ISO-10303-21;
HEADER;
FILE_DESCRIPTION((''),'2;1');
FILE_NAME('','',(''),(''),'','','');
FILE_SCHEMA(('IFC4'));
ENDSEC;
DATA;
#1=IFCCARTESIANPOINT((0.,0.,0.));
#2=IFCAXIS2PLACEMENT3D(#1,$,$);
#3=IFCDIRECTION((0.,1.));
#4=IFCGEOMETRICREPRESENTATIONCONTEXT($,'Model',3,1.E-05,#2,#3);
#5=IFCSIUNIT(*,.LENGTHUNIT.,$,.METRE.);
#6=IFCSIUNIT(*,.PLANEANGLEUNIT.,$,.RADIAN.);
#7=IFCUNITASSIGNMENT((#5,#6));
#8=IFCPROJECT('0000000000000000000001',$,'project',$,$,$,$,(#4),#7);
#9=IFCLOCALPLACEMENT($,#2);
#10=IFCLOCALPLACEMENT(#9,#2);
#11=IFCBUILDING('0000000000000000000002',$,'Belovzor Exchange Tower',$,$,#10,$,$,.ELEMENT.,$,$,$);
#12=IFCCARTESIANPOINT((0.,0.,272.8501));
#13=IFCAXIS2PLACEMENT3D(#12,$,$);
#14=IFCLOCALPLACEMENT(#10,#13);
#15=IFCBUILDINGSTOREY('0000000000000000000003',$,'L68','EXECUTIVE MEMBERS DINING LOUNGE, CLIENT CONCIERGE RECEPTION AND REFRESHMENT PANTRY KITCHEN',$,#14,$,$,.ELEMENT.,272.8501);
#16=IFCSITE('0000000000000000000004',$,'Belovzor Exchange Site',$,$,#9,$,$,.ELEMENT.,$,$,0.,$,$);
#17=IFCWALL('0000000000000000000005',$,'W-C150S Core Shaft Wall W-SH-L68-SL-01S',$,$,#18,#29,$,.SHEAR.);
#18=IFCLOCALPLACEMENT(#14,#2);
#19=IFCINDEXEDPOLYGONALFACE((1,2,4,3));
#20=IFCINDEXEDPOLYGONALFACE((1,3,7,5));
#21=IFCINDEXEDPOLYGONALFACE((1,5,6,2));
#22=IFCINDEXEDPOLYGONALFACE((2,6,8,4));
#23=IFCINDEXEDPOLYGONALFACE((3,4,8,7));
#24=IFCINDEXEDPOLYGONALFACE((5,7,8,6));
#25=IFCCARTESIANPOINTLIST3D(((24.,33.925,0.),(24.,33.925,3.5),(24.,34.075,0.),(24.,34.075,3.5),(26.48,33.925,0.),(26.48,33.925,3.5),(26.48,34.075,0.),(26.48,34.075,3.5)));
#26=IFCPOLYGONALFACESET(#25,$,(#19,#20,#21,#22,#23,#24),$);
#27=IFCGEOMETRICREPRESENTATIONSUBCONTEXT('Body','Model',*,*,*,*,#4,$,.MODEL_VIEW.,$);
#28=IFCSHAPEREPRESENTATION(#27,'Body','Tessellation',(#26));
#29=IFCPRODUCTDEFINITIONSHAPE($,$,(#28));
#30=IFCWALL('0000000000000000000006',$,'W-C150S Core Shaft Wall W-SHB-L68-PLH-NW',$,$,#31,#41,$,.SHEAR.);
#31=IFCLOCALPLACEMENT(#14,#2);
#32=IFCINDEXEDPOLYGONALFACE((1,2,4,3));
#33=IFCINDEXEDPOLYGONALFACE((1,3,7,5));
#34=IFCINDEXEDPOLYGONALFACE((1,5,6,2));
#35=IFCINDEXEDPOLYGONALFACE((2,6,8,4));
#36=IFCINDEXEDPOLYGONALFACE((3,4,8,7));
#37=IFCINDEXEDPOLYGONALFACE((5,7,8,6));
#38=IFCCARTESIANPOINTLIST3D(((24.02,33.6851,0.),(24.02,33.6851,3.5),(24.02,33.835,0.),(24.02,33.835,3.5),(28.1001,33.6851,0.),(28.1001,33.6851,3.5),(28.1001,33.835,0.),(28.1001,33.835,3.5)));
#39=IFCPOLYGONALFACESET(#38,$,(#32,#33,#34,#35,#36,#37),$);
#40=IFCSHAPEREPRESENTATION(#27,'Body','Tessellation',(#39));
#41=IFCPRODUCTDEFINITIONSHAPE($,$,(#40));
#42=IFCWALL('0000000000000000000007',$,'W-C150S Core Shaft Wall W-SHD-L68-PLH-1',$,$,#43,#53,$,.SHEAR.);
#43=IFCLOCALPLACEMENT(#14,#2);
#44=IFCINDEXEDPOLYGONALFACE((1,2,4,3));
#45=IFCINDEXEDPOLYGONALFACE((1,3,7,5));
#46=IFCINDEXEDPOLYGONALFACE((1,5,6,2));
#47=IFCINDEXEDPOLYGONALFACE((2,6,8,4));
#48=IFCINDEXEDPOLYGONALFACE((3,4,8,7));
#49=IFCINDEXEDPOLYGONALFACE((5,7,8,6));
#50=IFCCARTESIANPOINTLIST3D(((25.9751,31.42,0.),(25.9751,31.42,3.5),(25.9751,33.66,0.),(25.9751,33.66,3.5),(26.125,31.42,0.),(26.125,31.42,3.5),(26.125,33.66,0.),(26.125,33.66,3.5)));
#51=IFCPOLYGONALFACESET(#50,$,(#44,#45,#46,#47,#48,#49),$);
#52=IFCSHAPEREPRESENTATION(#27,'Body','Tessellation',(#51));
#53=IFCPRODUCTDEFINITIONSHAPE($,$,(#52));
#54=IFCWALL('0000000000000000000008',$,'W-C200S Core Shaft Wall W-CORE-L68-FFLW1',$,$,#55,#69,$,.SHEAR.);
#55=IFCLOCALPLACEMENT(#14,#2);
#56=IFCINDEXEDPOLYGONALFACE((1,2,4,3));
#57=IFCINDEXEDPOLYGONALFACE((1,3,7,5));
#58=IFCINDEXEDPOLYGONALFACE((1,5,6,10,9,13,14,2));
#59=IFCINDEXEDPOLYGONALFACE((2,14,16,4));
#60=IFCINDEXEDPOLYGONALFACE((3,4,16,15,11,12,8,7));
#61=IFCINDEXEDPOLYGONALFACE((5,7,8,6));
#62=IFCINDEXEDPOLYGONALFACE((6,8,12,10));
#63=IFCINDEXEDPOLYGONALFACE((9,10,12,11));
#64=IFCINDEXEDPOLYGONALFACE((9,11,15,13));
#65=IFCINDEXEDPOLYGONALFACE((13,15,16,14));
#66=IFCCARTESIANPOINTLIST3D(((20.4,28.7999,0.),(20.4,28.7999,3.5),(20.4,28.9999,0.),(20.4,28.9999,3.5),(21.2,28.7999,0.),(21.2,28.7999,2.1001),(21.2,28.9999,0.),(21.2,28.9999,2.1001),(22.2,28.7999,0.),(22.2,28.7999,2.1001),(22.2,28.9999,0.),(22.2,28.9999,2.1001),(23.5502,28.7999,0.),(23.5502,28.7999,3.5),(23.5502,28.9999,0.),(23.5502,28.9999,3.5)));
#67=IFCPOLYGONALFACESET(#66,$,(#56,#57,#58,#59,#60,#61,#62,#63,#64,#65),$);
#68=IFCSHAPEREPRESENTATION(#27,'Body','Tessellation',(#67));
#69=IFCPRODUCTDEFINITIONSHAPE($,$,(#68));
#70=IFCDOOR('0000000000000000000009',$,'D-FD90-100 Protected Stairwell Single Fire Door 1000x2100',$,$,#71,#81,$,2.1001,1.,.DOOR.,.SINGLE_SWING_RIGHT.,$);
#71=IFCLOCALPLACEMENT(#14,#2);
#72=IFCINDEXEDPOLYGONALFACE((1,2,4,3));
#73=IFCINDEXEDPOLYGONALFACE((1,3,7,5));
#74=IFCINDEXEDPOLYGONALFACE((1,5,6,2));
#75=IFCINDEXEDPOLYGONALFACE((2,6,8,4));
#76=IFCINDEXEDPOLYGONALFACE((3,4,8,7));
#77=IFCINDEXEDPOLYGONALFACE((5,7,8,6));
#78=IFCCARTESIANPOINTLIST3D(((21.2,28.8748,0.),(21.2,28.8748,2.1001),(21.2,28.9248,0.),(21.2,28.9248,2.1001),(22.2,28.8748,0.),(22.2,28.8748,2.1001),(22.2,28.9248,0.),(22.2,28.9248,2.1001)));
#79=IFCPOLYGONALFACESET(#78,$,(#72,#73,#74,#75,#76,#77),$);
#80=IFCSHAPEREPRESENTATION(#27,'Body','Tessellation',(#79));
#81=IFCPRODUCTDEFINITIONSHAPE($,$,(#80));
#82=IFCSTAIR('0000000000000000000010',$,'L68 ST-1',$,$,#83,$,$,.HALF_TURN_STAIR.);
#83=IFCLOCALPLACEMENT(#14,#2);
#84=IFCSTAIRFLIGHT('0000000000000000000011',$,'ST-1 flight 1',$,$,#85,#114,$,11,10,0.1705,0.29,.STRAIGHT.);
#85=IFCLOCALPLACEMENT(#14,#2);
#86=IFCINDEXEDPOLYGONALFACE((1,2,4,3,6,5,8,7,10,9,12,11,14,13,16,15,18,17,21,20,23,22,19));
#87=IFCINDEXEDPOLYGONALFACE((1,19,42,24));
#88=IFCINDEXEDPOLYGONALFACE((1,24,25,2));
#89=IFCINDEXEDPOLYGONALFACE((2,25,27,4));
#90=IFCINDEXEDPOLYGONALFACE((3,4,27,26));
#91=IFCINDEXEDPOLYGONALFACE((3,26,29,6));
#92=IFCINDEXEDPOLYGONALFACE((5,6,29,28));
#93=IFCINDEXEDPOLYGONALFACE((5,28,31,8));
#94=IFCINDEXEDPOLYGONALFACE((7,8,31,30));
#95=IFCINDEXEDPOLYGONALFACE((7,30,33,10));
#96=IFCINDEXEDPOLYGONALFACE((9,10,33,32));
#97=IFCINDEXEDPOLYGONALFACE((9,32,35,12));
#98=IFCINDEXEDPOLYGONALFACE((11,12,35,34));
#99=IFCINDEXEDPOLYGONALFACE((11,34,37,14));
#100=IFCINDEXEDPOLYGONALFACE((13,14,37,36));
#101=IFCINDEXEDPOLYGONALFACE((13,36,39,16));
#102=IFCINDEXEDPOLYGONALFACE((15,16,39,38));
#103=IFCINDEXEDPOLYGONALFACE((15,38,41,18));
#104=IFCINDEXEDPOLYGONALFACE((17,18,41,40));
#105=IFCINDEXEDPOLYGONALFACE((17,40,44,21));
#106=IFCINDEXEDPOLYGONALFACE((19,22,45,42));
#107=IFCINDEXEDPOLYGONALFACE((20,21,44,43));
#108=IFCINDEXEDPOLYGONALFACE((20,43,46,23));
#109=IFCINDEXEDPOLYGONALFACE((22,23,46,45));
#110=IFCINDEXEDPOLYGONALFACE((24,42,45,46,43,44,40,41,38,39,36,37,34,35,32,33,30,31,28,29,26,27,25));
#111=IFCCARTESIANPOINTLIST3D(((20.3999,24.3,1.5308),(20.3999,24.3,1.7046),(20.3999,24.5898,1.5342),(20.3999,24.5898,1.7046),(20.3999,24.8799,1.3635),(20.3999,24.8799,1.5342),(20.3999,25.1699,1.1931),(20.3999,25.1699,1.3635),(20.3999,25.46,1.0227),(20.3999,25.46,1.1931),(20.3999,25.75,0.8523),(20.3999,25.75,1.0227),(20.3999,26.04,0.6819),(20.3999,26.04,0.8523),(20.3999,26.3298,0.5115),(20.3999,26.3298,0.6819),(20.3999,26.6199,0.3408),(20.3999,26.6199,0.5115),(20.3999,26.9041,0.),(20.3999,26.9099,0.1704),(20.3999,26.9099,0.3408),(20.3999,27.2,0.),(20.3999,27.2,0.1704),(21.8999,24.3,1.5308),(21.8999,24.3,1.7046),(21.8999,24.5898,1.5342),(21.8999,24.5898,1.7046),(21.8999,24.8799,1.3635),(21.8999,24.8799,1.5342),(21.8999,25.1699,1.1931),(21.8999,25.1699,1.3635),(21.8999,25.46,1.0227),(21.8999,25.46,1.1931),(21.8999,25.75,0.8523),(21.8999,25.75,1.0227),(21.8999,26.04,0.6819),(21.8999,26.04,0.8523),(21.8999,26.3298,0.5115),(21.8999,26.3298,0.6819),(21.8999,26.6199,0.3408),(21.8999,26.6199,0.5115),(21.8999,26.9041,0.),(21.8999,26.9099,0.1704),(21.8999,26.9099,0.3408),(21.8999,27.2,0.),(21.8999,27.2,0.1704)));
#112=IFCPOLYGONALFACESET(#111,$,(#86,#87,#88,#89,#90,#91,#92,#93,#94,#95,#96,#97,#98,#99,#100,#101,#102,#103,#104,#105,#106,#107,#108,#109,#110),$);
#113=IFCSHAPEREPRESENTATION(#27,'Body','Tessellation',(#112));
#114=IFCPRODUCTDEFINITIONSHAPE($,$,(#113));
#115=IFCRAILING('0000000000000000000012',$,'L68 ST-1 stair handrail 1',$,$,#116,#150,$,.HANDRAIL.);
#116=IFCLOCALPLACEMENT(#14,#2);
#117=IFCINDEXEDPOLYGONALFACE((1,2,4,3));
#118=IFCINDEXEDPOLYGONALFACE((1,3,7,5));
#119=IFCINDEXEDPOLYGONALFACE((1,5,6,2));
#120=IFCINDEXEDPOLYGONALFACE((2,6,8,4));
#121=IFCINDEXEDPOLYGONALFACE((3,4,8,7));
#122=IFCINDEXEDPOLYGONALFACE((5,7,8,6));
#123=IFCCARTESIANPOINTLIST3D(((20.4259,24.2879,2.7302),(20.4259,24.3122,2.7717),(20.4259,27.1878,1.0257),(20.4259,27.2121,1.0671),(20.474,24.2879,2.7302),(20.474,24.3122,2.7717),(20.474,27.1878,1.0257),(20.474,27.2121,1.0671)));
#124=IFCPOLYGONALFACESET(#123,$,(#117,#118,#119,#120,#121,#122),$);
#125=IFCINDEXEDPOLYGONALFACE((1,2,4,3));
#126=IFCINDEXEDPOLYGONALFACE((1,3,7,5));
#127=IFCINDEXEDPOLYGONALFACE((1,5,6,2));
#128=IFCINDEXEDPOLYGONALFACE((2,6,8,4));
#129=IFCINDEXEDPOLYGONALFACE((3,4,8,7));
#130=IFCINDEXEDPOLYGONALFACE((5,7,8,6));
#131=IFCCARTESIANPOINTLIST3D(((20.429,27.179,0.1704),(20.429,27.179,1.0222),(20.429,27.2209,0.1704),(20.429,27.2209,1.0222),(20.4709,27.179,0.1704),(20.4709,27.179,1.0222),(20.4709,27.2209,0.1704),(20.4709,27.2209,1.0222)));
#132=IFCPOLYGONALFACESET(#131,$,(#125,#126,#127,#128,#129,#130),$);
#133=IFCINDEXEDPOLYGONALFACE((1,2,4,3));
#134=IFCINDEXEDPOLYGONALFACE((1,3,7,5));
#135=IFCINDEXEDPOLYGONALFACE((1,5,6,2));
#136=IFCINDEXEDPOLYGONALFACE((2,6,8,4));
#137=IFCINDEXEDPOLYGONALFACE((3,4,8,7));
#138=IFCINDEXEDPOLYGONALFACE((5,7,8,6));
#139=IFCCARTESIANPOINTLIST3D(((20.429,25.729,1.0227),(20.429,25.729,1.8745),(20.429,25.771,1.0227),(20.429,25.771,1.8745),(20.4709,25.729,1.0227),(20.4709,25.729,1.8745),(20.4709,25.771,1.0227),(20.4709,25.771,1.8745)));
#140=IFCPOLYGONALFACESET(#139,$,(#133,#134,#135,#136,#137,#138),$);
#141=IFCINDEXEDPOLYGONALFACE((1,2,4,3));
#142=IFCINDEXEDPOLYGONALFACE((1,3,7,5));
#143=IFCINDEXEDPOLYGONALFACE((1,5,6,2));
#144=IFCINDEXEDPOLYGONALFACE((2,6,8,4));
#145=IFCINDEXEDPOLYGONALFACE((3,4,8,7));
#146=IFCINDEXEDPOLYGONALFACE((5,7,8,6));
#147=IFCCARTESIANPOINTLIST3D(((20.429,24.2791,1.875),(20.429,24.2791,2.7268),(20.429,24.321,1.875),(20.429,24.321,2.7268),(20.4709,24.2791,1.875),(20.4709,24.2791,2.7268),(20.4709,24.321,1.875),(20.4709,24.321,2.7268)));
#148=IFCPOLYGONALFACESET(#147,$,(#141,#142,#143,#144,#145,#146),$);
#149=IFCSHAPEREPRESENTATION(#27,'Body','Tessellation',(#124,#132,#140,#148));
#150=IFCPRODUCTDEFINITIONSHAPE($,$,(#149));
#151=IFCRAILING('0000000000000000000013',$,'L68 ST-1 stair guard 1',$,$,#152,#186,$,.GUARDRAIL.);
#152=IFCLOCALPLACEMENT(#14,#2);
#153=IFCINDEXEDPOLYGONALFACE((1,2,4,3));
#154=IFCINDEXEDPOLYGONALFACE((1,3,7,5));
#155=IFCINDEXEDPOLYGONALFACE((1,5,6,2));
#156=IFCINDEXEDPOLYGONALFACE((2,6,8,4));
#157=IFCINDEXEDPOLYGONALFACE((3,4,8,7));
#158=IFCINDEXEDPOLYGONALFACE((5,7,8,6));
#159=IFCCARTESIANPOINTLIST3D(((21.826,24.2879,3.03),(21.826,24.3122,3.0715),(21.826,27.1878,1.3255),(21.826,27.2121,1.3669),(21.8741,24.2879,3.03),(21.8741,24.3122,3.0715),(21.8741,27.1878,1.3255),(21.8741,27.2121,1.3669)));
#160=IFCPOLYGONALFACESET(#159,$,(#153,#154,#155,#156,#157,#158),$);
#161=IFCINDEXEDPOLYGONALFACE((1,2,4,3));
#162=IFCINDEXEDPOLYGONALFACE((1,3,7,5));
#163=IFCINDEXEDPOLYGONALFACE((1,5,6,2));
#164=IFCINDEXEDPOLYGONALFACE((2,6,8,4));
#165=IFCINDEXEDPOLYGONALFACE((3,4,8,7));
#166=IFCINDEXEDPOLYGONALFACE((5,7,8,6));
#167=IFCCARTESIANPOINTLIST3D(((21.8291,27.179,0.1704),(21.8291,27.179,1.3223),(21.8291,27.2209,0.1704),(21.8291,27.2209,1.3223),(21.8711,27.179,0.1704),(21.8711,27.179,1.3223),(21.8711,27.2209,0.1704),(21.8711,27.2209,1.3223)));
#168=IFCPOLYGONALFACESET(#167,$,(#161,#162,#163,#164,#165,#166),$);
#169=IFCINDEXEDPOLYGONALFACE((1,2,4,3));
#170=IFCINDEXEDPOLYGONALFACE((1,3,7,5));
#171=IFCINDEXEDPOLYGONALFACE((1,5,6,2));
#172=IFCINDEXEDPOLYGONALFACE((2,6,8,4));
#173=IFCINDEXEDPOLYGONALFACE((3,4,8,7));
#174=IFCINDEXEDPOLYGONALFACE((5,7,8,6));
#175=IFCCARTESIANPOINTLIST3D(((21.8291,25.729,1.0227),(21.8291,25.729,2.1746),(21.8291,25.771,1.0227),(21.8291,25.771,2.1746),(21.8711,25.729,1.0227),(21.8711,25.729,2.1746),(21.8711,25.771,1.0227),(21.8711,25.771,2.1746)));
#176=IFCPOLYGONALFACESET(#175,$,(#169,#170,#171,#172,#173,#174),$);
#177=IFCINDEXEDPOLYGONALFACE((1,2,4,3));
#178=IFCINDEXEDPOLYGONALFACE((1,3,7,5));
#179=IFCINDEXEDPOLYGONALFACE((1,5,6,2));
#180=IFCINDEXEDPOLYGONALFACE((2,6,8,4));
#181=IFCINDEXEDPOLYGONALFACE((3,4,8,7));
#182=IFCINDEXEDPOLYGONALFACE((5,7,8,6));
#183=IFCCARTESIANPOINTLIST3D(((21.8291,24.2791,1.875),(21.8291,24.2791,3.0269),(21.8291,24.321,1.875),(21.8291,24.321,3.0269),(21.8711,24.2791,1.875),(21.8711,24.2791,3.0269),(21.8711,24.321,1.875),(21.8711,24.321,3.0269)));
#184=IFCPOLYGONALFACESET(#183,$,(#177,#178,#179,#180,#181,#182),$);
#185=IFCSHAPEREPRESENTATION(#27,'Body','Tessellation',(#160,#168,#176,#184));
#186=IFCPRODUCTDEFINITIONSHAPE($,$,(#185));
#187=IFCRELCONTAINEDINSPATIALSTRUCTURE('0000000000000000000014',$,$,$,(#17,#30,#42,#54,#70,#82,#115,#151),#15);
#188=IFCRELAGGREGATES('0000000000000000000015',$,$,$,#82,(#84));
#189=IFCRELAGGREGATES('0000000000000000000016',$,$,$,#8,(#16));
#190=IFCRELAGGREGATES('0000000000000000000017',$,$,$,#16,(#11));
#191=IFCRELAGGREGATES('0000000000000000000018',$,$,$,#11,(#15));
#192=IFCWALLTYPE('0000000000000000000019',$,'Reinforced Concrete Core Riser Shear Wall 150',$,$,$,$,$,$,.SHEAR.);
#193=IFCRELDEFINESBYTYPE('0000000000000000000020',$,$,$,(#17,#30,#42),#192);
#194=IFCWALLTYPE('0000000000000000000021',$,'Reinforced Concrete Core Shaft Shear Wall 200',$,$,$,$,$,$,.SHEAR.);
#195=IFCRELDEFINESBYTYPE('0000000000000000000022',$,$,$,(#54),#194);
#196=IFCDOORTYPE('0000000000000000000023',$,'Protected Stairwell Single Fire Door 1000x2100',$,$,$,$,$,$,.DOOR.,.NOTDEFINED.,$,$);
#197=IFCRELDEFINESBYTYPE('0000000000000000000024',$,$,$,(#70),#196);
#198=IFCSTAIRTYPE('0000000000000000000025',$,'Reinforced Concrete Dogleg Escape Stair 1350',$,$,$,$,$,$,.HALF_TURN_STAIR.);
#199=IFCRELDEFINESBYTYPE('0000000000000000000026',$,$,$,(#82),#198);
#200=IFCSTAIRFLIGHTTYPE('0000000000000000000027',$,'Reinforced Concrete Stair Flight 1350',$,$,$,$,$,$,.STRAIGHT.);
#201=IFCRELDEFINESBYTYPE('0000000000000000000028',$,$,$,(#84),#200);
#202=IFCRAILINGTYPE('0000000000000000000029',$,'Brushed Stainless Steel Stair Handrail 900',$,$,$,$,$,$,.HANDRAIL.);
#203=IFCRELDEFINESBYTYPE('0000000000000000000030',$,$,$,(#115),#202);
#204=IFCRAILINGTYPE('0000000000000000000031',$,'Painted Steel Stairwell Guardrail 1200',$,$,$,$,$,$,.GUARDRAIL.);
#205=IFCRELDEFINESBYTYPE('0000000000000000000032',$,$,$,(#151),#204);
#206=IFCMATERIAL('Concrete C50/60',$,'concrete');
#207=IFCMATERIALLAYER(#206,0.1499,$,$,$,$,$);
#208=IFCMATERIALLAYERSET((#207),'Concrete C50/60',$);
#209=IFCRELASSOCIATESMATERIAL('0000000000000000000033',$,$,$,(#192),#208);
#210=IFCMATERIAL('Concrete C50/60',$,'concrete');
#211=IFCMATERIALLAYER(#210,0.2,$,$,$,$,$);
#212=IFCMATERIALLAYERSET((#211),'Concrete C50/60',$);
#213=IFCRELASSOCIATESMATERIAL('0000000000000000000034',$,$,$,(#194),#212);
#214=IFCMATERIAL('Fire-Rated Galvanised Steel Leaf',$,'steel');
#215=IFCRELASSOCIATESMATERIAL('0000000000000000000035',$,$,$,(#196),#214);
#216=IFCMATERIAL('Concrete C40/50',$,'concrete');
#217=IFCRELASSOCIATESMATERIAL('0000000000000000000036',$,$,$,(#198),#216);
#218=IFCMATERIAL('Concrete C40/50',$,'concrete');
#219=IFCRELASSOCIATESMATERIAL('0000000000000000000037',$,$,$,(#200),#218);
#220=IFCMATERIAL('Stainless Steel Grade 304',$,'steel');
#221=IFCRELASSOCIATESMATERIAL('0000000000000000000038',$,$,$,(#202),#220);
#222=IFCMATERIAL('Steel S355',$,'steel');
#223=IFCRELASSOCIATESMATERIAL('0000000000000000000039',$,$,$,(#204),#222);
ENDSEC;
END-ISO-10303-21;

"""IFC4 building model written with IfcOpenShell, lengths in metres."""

from ifc_helpers import new_model, si_unit, direction, frame, frame_2d, origin, origin_2d, place, context, subcontext, project, spatial, polyline, rectangle, outline, extrude, material, layer, layer_set, type_object, element, fill, aggregate, save


model = new_model("IFC4")

# Units and contexts
model_context = context("Model", 3, precision=1e-05, world=origin(), true_north=direction((0.0, 1.0)))
body_context = subcontext(model_context, "Body", "Model", "MODEL_VIEW")
ifc_project = project(units=[si_unit("LENGTHUNIT", "METRE"), si_unit("PLANEANGLEUNIT", "RADIAN")], contexts=[model_context])

# Site, building, storey
site_placement = place(None, origin())
site = spatial("IfcSite", under=ifc_project, at=site_placement, Name="Belovzor Exchange Site", CompositionType="ELEMENT", RefElevation=0.0)
building_placement = place(site_placement, origin())
building = spatial("IfcBuilding", under=site, at=building_placement, Name="Belovzor Exchange Tower", CompositionType="ELEMENT")
storey_placement = place(building_placement, frame((0.0, 0.0, 272.8501)))
storey = spatial("IfcBuildingStorey", under=building, at=storey_placement, Name="L68", Description="EXECUTIVE MEMBERS DINING LOUNGE, CLIENT CONCIERGE RECEPTION AND REFRESHMENT PANTRY KITCHEN", CompositionType="ELEMENT", Elevation=272.8501)

# Walls
ifc_material_1 = material(Name="Concrete C50/60", Category="concrete")
ifc_layer_1 = layer(ifc_material_1, 0.1499)
ifc_layer_set_1 = layer_set([ifc_layer_1], Name="Concrete C50/60")
wall_type_1 = type_object("IfcWallType", Name="Reinforced Concrete Core Riser Shear Wall 150", PredefinedType="SHEAR", material=ifc_layer_set_1)
wall_1_placement = place(storey_placement, frame((24.0, 34.0, 0.0), z_axis=(0.0, 0.0, 1.0), x_axis=(1.0, 0.0, 0.0)))
element("IfcWall", 1, at=wall_1_placement, inside=storey, type_object=wall_type_1, Name="W-C150S Core Shaft Wall W-SH-L68-SL-01S", PredefinedType="SHEAR", context=body_context, shape_type="SweptSolid", body=[
    extrude(rectangle(XDim=2.48, YDim=0.1499, at=frame_2d((1.24, 0.0))), origin(), (0.0, 0.0, 1.0), 3.5),
])
wall_2_placement = place(storey_placement, frame((24.02, 33.76, 0.0), z_axis=(0.0, 0.0, 1.0), x_axis=(1.0, 0.0, 0.0)))
element("IfcWall", 2, at=wall_2_placement, inside=storey, type_object=wall_type_1, Name="W-C150S Core Shaft Wall W-SHB-L68-PLH-NW", PredefinedType="SHEAR", context=body_context, shape_type="SweptSolid", body=[
    extrude(rectangle(XDim=4.0801, YDim=0.1499, at=frame_2d((2.04, 0.0))), origin(), (0.0, 0.0, 1.0), 3.5),
])
wall_3_placement = place(storey_placement, frame((26.05, 31.4199, 0.0), z_axis=(0.0, 0.0, 1.0), x_axis=(0.0, 1.0, 0.0)))
element("IfcWall", 3, at=wall_3_placement, inside=storey, type_object=wall_type_1, Name="W-C150S Core Shaft Wall W-SHD-L68-PLH-1", PredefinedType="SHEAR", context=body_context, shape_type="SweptSolid", body=[
    extrude(rectangle(XDim=2.24, YDim=0.1499, at=frame_2d((1.1201, 0.0))), origin(), (0.0, 0.0, 1.0), 3.5),
])

# Wall, opening, door
ifc_material_2 = material(Name="Concrete C50/60", Category="concrete")
ifc_layer_2 = layer(ifc_material_2, 0.2)
ifc_layer_set_2 = layer_set([ifc_layer_2], Name="Concrete C50/60")
wall_type_2 = type_object("IfcWallType", Name="Reinforced Concrete Core Shaft Shear Wall 200", PredefinedType="SHEAR", material=ifc_layer_set_2)
wall_4_placement = place(storey_placement, frame((20.3999, 28.8999, 0.0), z_axis=(0.0, 0.0, 1.0), x_axis=(1.0, 0.0, 0.0)))
wall_4 = element("IfcWall", 4, at=wall_4_placement, inside=storey, type_object=wall_type_2, Name="W-C200S Core Shaft Wall W-CORE-L68-FFLW1", PredefinedType="SHEAR", context=body_context, shape_type="SweptSolid", body=[
    extrude(rectangle(XDim=3.1501, YDim=0.2, at=frame_2d((1.5752, 0.0))), origin(), (0.0, 0.0, 1.0), 3.5),
])
opening_1_placement = place(wall_4_placement, frame((0.8, 0.0, 0.0)))
opening_1 = element("IfcOpeningElement", 5, at=opening_1_placement, cuts=wall_4, PredefinedType="OPENING", context=body_context, shape_type="SweptSolid", body=[
    extrude(rectangle(XDim=1.0, YDim=2.1001, at=frame_2d((0.5, 1.05))), frame((0.0, 0.1099, 0.0), z_axis=(0.0, -1.0, 0.0), x_axis=(1.0, 0.0, 0.0)), (0.0, 0.0, 1.0), 0.22),
])
ifc_material_3 = material(Name="Fire-Rated Galvanised Steel Leaf", Category="steel")
door_type_1 = type_object("IfcDoorType", Name="Protected Stairwell Single Fire Door 1000x2100", OperationType="NOTDEFINED", PredefinedType="DOOR", material=ifc_material_3)
door_1_placement = place(opening_1_placement, origin())
door_1 = element("IfcDoor", 6, at=door_1_placement, inside=storey, type_object=door_type_1, Name="D-FD90-100 Protected Stairwell Single Fire Door 1000x2100", OperationType="SINGLE_SWING_RIGHT", OverallHeight=2.1001, OverallWidth=1.0, PredefinedType="DOOR", context=body_context, shape_type="SweptSolid", body=[
    extrude(rectangle(XDim=1.0, YDim=2.1001, at=frame_2d((0.5, 1.05))), frame((0.0, 0.0249, 0.0), z_axis=(0.0, -1.0, 0.0), x_axis=(1.0, 0.0, 0.0)), (0.0, 0.0, 1.0), 0.05),
])
fill(opening_1, door_1)

# Stair, stair flight
ifc_material_4 = material(Name="Concrete C40/50", Category="concrete")
stair_type = type_object("IfcStairType", Name="Reinforced Concrete Dogleg Escape Stair 1350", PredefinedType="HALF_TURN_STAIR", material=ifc_material_4)
stair_placement = place(storey_placement, origin())
stair = element("IfcStair", 7, at=stair_placement, inside=storey, type_object=stair_type, Name="L68 ST-1", PredefinedType="HALF_TURN_STAIR")
ifc_material_5 = material(Name="Concrete C40/50", Category="concrete")
stair_flight_type = type_object("IfcStairFlightType", Name="Reinforced Concrete Stair Flight 1350", PredefinedType="STRAIGHT", material=ifc_material_5)
stair_flight_placement = place(storey_placement, frame((21.1499, 27.2, 0.0), z_axis=(0.0, 0.0, 1.0), x_axis=(0.0, -1.0, 0.0)))
stair_flight = element("IfcStairFlight", 8, at=stair_flight_placement, type_object=stair_flight_type, Name="ST-1 flight 1", NumberOfRisers=11, NumberOfTreads=10, PredefinedType="STRAIGHT", RiserHeight=0.1705, TreadLength=0.29, context=body_context, shape_type="SweptSolid", body=[
    extrude(outline(polyline([(0.0, 0.0), (0.0, 0.1704), (0.29, 0.1704), (0.29, 0.3408), (0.5801, 0.3408), (0.5801, 0.5115), (0.8701, 0.5115), (0.8701, 0.6819), (1.1599, 0.6819), (1.1599, 0.8523), (1.45, 0.8523), (1.45, 1.0227), (1.74, 1.0227), (1.74, 1.1931), (2.03, 1.1931), (2.03, 1.3635), (2.3201, 1.3635), (2.3201, 1.5342), (2.6101, 1.5342), (2.6101, 1.7046), (2.8999, 1.7046), (2.8999, 1.875), (2.8999, 1.5308), (0.2959, 0.0), (0.0, 0.0)])), frame((0.0, 0.75, 0.0), z_axis=(0.0, -1.0, 0.0), x_axis=(1.0, 0.0, 0.0)), (0.0, 0.0, 1.0), 1.5),
])
aggregate(stair, [stair_flight])

# Railings
ifc_material_6 = material(Name="Stainless Steel Grade 304", Category="steel")
railing_type_1 = type_object("IfcRailingType", Name="Brushed Stainless Steel Stair Handrail 900", PredefinedType="HANDRAIL", material=ifc_material_6)
railing_1_placement = place(storey_placement, frame((20.45, 27.2, 0.1704)))
element("IfcRailing", 9, at=railing_1_placement, inside=storey, type_object=railing_type_1, Name="L68 ST-1 stair handrail 1", PredefinedType="HANDRAIL", context=body_context, shape_type="SweptSolid", body=[
    extrude(rectangle(XDim=0.0481, YDim=0.0481, at=origin_2d()), frame((0.0, 0.0, 0.876), z_axis=(0.0, -0.862095, 0.506747), x_axis=(1.0, 0.0, 0.0)), (0.0, 0.0, 1.0), 3.3638),
    extrude(rectangle(XDim=0.042, YDim=0.042, at=origin_2d()), origin(), (0.0, 0.0, 1.0), 0.8518),
    extrude(rectangle(XDim=0.042, YDim=0.042, at=origin_2d()), frame((0.0, -1.45, 0.8523)), (0.0, 0.0, 1.0), 0.8518),
    extrude(rectangle(XDim=0.042, YDim=0.042, at=origin_2d()), frame((0.0, -2.8999, 1.7046)), (0.0, 0.0, 1.0), 0.8518),
])
ifc_material_7 = material(Name="Steel S355", Category="steel")
railing_type_2 = type_object("IfcRailingType", Name="Painted Steel Stairwell Guardrail 1200", PredefinedType="GUARDRAIL", material=ifc_material_7)
railing_2_placement = place(storey_placement, frame((21.8501, 27.2, 0.1704)))
element("IfcRailing", 10, at=railing_2_placement, inside=storey, type_object=railing_type_2, Name="L68 ST-1 stair guard 1", PredefinedType="GUARDRAIL", context=body_context, shape_type="SweptSolid", body=[
    extrude(rectangle(XDim=0.0481, YDim=0.0481, at=origin_2d()), frame((0.0, 0.0, 1.1758), z_axis=(0.0, -0.862095, 0.506747), x_axis=(1.0, 0.0, 0.0)), (0.0, 0.0, 1.0), 3.3638),
    extrude(rectangle(XDim=0.042, YDim=0.042, at=origin_2d()), origin(), (0.0, 0.0, 1.0), 1.1519),
    extrude(rectangle(XDim=0.042, YDim=0.042, at=origin_2d()), frame((0.0, -1.45, 0.8523)), (0.0, 0.0, 1.0), 1.1519),
    extrude(rectangle(XDim=0.042, YDim=0.042, at=origin_2d()), frame((0.0, -2.8999, 1.7046)), (0.0, 0.0, 1.0), 1.1519),
])

save(model, "model.ifc")
